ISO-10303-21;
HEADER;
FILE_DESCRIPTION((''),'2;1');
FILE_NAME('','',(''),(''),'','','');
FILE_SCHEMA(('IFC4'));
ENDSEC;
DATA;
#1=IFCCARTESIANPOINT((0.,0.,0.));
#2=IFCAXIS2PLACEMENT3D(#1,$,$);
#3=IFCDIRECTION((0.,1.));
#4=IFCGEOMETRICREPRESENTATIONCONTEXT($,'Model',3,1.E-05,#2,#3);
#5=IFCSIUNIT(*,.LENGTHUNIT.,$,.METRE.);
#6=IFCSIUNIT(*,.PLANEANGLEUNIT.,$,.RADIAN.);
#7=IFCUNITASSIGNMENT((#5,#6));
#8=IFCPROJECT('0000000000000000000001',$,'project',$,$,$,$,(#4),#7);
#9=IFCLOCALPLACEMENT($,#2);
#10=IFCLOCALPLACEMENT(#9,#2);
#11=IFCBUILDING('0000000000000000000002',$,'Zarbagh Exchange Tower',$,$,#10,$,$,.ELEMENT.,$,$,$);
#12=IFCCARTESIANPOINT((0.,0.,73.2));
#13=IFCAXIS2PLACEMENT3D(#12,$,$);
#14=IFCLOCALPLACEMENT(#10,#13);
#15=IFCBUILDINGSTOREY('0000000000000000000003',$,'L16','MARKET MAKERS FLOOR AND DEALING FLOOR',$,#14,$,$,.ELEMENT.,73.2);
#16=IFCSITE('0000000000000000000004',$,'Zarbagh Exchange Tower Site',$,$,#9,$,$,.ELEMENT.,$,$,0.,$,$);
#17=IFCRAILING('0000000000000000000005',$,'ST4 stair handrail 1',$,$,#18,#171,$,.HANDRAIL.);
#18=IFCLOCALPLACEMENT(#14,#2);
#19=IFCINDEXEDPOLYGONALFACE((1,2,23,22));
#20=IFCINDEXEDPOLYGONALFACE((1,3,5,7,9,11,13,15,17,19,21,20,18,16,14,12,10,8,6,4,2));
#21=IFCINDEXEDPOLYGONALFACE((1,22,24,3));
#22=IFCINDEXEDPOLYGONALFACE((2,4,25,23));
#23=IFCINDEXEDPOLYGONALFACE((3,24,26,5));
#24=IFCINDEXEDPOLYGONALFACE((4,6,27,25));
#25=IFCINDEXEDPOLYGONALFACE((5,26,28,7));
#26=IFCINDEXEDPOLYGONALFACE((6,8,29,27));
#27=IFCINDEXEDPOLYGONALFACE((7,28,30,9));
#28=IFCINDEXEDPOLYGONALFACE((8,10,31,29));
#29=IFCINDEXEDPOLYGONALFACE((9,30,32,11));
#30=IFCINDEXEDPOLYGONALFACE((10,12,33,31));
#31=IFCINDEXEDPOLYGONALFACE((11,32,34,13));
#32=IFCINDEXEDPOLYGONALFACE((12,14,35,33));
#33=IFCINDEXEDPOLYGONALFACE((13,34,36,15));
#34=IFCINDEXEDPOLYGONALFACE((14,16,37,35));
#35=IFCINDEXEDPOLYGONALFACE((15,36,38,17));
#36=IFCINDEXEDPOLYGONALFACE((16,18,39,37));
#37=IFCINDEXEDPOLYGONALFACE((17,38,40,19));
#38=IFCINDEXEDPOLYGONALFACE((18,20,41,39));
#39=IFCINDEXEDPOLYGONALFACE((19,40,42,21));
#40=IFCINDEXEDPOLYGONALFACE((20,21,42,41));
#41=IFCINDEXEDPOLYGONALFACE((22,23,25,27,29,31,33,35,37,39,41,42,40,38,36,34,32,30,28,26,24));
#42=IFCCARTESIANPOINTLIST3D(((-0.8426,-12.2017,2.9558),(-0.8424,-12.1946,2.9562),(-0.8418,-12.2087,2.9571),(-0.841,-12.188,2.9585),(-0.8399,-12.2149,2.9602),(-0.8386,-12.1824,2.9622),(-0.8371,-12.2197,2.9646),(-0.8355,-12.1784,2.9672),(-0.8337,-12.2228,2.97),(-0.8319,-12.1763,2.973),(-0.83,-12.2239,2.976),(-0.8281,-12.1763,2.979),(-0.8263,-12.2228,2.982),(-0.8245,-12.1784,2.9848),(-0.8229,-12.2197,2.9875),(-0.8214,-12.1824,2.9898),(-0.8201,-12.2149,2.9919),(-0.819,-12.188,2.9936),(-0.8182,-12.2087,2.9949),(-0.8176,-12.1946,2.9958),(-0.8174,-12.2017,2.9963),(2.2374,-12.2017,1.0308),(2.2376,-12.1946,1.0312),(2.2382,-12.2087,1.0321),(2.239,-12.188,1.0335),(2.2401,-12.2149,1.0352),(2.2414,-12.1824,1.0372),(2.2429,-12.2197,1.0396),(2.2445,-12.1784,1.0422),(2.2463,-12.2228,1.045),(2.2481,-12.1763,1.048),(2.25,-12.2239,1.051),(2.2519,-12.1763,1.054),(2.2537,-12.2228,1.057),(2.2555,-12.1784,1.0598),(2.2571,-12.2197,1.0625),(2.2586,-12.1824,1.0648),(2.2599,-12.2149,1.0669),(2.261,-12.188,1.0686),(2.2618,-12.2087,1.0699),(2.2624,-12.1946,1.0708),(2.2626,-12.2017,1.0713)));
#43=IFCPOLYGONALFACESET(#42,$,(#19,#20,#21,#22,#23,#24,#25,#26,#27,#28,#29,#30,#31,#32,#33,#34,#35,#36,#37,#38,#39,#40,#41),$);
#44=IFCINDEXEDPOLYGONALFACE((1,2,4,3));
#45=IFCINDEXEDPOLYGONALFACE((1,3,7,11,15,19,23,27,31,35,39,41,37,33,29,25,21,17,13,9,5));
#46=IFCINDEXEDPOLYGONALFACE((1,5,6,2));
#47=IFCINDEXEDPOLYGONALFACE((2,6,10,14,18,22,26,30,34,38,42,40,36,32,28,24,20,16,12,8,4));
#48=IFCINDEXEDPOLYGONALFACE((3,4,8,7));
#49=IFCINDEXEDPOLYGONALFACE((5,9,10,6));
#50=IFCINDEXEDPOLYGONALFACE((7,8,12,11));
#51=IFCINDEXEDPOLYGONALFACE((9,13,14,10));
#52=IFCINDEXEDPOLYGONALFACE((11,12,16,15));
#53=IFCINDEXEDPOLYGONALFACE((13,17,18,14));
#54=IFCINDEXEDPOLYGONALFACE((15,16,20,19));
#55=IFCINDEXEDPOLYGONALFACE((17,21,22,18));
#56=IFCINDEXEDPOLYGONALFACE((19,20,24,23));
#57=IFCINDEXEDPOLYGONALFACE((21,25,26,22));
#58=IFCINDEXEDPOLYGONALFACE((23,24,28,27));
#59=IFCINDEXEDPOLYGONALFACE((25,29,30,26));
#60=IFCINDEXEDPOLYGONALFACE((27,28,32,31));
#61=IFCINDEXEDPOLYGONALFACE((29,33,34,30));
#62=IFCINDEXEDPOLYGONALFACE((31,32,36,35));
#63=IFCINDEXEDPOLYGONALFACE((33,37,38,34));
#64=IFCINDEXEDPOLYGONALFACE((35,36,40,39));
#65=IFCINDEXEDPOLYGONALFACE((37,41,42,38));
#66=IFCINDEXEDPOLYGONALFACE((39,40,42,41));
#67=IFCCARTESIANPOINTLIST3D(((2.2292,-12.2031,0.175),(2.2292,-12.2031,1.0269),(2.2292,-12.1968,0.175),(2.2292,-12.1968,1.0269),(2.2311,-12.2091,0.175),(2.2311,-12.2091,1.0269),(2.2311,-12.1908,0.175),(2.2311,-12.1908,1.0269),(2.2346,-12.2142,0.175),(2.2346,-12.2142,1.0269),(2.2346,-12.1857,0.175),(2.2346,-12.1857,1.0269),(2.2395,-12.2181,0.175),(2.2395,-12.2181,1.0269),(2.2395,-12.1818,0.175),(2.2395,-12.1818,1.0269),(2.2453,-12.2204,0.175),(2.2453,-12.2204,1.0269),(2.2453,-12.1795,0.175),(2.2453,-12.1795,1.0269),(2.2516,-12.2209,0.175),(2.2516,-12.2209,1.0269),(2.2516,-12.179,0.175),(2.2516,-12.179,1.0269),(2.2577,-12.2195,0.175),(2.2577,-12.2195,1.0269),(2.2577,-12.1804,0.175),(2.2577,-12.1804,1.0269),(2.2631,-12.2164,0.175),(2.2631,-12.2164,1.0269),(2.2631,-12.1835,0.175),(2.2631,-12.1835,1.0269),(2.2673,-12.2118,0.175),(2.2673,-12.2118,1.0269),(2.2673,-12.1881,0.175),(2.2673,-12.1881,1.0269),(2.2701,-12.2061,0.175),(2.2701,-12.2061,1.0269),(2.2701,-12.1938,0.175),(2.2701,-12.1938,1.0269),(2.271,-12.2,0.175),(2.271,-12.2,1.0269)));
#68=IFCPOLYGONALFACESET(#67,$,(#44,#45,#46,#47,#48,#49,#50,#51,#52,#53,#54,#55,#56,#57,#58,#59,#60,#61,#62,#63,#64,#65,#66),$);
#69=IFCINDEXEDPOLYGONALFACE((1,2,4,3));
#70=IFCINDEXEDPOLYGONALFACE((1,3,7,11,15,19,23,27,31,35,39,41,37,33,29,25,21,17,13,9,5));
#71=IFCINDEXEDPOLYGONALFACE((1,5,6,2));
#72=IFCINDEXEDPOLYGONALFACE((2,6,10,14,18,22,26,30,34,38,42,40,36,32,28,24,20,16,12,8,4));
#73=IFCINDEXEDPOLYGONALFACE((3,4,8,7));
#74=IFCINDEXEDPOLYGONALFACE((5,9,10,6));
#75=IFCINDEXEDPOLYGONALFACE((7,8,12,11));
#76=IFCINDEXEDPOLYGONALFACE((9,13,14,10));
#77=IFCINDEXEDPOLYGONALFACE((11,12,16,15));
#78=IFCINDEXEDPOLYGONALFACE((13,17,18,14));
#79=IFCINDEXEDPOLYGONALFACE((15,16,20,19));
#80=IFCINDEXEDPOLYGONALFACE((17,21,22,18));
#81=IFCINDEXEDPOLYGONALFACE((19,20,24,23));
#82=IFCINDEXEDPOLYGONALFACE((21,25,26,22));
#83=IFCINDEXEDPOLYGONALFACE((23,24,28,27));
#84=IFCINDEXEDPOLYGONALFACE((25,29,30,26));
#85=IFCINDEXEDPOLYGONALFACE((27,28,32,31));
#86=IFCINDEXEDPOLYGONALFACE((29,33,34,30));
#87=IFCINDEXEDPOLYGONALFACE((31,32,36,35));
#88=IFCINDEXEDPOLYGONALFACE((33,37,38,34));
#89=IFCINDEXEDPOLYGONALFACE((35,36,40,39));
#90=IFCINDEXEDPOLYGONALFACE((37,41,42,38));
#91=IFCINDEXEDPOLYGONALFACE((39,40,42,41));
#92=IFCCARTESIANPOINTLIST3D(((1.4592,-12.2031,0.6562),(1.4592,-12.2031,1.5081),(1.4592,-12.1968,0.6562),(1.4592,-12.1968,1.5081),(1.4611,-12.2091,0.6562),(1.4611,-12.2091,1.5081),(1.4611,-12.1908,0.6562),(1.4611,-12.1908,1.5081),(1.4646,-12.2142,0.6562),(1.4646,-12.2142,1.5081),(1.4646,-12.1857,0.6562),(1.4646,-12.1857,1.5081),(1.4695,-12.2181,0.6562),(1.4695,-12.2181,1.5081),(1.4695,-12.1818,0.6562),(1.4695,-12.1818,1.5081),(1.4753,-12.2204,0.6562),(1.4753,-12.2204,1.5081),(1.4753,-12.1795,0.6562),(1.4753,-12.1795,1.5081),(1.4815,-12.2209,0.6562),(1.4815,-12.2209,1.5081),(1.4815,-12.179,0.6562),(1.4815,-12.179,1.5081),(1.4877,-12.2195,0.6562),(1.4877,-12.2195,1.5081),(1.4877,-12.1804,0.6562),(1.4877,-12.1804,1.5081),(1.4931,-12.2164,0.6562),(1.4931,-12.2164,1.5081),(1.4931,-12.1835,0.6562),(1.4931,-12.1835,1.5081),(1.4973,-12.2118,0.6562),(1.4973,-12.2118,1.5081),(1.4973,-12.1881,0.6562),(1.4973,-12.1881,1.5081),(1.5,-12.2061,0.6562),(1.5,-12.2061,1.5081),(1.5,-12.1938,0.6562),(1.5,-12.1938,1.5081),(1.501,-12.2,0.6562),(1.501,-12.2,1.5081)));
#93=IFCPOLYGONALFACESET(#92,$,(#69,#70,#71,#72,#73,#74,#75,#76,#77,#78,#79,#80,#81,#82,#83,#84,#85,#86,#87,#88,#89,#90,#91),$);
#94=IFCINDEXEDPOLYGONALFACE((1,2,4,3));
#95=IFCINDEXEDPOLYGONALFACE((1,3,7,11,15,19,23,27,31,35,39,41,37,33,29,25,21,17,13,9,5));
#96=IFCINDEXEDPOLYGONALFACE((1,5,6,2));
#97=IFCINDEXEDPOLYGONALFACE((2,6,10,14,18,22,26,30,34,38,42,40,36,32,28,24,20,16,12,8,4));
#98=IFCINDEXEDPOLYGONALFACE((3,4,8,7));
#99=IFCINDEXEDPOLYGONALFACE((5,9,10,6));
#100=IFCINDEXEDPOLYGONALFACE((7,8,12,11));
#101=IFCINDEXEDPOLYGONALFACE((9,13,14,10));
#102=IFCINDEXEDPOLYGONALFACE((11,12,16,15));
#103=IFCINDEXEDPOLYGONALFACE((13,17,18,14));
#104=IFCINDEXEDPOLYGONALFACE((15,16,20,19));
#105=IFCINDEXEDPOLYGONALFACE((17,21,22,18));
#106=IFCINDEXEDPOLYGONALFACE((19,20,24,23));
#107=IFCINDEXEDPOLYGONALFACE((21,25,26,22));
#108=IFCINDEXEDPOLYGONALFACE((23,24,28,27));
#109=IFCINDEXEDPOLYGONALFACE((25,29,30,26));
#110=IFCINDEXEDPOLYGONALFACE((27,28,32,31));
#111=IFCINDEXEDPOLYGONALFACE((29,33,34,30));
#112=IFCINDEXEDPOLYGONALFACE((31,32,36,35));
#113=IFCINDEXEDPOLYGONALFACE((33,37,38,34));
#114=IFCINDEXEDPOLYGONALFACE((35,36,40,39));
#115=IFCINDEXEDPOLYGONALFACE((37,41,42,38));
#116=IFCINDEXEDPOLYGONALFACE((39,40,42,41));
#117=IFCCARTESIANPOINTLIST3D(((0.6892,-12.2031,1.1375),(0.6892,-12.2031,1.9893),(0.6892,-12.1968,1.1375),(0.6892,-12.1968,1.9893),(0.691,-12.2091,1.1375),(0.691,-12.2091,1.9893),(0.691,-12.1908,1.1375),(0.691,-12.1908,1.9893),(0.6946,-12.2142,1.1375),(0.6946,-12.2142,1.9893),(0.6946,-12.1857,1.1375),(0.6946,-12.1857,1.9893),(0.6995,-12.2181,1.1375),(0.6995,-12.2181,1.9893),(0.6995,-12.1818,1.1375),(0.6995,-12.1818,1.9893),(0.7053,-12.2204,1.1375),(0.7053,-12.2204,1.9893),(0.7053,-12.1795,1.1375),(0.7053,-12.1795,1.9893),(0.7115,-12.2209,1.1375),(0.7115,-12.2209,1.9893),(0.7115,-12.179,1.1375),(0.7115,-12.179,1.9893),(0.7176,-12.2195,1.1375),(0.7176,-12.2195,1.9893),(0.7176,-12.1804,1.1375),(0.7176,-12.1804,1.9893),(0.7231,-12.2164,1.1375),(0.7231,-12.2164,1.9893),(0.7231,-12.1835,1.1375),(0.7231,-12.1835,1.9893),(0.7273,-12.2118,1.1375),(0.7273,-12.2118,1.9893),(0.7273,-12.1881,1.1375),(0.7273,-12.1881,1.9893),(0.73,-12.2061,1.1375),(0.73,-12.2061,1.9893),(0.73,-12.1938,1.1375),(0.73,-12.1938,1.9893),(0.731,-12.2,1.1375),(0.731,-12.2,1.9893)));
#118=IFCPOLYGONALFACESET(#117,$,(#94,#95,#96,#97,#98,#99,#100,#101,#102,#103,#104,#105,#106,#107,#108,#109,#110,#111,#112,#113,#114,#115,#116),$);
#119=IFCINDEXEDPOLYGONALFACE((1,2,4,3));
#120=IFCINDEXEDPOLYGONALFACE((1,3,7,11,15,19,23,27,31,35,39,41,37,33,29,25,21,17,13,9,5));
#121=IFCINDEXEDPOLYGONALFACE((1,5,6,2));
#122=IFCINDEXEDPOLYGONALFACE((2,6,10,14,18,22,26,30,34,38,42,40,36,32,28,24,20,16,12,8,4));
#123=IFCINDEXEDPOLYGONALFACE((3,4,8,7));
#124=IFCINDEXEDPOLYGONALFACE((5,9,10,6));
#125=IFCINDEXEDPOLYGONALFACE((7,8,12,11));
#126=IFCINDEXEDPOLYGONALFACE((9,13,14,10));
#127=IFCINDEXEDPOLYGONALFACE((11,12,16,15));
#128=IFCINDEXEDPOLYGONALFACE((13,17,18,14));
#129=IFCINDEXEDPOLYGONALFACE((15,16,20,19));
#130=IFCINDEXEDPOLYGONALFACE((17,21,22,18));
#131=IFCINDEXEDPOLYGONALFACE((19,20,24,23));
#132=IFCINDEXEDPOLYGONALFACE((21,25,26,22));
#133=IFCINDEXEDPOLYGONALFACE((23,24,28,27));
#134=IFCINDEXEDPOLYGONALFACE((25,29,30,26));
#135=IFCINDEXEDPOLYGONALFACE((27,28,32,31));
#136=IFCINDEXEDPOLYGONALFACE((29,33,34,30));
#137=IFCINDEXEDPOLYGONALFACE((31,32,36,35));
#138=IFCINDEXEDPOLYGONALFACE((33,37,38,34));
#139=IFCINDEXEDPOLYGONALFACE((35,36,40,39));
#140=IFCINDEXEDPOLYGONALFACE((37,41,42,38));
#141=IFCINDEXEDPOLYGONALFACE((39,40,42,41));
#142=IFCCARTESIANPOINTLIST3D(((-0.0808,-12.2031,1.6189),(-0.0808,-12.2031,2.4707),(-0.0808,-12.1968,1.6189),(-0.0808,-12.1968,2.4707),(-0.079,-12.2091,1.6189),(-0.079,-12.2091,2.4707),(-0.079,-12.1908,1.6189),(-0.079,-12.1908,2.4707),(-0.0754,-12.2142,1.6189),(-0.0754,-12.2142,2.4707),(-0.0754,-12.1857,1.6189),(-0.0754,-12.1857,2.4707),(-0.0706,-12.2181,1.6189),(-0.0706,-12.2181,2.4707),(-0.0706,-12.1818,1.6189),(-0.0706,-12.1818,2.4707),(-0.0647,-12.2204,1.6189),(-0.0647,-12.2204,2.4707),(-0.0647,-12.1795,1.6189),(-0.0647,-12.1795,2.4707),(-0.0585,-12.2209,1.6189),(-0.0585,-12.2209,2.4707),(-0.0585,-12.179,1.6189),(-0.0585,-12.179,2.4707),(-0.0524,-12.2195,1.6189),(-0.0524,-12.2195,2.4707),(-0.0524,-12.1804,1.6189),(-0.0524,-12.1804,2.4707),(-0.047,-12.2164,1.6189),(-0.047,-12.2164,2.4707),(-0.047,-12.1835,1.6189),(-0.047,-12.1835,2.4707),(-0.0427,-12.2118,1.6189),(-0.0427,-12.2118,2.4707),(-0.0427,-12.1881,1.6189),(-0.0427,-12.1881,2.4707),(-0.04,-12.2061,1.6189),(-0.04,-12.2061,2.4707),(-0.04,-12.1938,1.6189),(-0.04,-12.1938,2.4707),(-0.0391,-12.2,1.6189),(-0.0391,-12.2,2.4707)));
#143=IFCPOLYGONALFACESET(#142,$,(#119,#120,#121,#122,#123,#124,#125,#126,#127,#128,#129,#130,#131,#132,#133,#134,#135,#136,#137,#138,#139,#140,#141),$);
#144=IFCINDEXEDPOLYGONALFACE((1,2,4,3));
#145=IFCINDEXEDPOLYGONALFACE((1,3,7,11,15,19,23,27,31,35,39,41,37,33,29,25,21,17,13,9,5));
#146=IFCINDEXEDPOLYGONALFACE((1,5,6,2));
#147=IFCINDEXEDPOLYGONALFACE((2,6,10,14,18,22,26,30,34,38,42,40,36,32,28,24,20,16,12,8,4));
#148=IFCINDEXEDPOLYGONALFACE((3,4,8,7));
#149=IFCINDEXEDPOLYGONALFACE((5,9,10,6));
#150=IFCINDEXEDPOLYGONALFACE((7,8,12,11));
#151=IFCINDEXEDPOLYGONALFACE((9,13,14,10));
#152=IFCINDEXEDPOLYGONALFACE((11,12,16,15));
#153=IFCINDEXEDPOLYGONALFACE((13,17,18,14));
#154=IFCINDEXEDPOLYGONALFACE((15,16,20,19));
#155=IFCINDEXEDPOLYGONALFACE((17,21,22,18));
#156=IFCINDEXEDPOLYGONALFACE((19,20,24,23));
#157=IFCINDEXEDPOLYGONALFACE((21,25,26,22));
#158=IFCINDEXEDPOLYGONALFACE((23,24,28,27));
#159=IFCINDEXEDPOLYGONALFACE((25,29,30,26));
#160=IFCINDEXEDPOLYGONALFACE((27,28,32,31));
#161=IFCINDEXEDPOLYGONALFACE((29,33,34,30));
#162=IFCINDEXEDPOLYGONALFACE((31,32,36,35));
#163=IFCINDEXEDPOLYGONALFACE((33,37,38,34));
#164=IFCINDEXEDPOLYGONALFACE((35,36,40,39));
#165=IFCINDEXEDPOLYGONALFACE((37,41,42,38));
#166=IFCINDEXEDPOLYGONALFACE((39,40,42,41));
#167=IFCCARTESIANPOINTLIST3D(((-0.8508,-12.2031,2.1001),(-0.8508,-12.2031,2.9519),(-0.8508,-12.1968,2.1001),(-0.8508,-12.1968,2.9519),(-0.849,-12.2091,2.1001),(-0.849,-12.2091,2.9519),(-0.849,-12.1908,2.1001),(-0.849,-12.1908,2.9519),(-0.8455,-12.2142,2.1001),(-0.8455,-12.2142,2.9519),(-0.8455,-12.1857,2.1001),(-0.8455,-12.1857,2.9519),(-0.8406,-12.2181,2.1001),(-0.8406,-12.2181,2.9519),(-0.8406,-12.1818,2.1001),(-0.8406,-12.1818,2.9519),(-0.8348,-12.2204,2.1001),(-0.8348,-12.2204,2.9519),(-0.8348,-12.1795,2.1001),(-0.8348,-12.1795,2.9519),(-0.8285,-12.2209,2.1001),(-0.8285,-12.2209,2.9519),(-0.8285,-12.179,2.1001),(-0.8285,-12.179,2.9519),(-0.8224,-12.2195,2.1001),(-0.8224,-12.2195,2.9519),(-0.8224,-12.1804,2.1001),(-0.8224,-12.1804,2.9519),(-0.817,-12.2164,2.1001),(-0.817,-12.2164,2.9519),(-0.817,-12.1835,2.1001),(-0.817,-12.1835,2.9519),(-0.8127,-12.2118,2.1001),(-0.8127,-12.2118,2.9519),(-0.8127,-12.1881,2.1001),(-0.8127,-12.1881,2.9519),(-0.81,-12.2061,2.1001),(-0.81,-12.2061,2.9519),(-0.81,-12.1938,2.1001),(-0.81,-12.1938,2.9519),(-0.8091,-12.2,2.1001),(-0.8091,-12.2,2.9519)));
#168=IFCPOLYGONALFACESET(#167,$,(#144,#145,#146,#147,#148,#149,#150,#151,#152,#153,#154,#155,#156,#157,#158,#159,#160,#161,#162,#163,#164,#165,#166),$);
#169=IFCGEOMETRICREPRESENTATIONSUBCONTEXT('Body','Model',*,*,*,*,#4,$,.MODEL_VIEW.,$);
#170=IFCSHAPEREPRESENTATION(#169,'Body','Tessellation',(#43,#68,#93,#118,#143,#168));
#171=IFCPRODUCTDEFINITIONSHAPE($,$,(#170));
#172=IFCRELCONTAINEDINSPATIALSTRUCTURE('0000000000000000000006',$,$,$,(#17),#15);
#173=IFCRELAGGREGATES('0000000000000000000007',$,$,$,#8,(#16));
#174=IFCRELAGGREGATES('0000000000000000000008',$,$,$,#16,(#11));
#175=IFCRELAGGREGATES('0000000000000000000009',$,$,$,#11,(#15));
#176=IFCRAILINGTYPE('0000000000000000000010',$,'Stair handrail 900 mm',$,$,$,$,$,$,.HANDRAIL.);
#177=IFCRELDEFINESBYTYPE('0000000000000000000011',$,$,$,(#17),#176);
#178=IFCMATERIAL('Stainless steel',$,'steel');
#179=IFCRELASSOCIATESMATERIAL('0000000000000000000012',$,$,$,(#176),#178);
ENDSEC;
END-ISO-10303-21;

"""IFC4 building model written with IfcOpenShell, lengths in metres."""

from ifc_helpers import new_model, si_unit, direction, frame, origin, origin_2d, place, context, subcontext, project, spatial, circle, extrude, material, type_object, element, save


model = new_model("IFC4")

# Units and contexts
model_context = context("Model", 3, precision=1e-05, world=origin(), true_north=direction((0.0, 1.0)))
body_context = subcontext(model_context, "Body", "Model", "MODEL_VIEW")
ifc_project = project(units=[si_unit("LENGTHUNIT", "METRE"), si_unit("PLANEANGLEUNIT", "RADIAN")], contexts=[model_context])

# Site, building, storey
site_placement = place(None, origin())
site = spatial("IfcSite", under=ifc_project, at=site_placement, Name="Zarbagh Exchange Tower Site", CompositionType="ELEMENT", RefElevation=0.0)
building_placement = place(site_placement, origin())
building = spatial("IfcBuilding", under=site, at=building_placement, Name="Zarbagh Exchange Tower", CompositionType="ELEMENT")
storey_placement = place(building_placement, frame((0.0, 0.0, 73.2)))
storey = spatial("IfcBuildingStorey", under=building, at=storey_placement, Name="L16", Description="MARKET MAKERS FLOOR AND DEALING FLOOR", CompositionType="ELEMENT", Elevation=73.2)

# Railing
ifc_material_1 = material(Name="Stainless steel", Category="steel")
railing_type_1 = type_object("IfcRailingType", Name="Stair handrail 900 mm", PredefinedType="HANDRAIL", material=ifc_material_1)
railing_1_placement = place(storey_placement, frame((2.25, -12.2, 0.175)))
element("IfcRailing", 1, at=railing_1_placement, inside=storey, type_object=railing_type_1, Name="ST4 stair handrail 1", PredefinedType="HANDRAIL", context=body_context, shape_type="SweptSolid", body=[
    extrude(circle(Radius=0.0239, at=origin_2d()), frame((0.0, 0.0, 0.876), z_axis=(-0.847998, 0.0, 0.529999), x_axis=(0.0, -1.0, 0.0)), (0.0, 0.0, 1.0), 3.6321),
    extrude(circle(Radius=0.021, at=origin_2d()), origin(), (0.0, 0.0, 1.0), 0.8518),
    extrude(circle(Radius=0.021, at=origin_2d()), frame((-0.77, 0.0, 0.4812)), (0.0, 0.0, 1.0), 0.8518),
    extrude(circle(Radius=0.021, at=origin_2d()), frame((-1.54, 0.0, 0.9624)), (0.0, 0.0, 1.0), 0.8518),
    extrude(circle(Radius=0.021, at=origin_2d()), frame((-2.3101, 0.0, 1.4438)), (0.0, 0.0, 1.0), 0.8518),
    extrude(circle(Radius=0.021, at=origin_2d()), frame((-3.0801, 0.0, 1.925)), (0.0, 0.0, 1.0), 0.8518),
])

save(model, "model.ifc")
